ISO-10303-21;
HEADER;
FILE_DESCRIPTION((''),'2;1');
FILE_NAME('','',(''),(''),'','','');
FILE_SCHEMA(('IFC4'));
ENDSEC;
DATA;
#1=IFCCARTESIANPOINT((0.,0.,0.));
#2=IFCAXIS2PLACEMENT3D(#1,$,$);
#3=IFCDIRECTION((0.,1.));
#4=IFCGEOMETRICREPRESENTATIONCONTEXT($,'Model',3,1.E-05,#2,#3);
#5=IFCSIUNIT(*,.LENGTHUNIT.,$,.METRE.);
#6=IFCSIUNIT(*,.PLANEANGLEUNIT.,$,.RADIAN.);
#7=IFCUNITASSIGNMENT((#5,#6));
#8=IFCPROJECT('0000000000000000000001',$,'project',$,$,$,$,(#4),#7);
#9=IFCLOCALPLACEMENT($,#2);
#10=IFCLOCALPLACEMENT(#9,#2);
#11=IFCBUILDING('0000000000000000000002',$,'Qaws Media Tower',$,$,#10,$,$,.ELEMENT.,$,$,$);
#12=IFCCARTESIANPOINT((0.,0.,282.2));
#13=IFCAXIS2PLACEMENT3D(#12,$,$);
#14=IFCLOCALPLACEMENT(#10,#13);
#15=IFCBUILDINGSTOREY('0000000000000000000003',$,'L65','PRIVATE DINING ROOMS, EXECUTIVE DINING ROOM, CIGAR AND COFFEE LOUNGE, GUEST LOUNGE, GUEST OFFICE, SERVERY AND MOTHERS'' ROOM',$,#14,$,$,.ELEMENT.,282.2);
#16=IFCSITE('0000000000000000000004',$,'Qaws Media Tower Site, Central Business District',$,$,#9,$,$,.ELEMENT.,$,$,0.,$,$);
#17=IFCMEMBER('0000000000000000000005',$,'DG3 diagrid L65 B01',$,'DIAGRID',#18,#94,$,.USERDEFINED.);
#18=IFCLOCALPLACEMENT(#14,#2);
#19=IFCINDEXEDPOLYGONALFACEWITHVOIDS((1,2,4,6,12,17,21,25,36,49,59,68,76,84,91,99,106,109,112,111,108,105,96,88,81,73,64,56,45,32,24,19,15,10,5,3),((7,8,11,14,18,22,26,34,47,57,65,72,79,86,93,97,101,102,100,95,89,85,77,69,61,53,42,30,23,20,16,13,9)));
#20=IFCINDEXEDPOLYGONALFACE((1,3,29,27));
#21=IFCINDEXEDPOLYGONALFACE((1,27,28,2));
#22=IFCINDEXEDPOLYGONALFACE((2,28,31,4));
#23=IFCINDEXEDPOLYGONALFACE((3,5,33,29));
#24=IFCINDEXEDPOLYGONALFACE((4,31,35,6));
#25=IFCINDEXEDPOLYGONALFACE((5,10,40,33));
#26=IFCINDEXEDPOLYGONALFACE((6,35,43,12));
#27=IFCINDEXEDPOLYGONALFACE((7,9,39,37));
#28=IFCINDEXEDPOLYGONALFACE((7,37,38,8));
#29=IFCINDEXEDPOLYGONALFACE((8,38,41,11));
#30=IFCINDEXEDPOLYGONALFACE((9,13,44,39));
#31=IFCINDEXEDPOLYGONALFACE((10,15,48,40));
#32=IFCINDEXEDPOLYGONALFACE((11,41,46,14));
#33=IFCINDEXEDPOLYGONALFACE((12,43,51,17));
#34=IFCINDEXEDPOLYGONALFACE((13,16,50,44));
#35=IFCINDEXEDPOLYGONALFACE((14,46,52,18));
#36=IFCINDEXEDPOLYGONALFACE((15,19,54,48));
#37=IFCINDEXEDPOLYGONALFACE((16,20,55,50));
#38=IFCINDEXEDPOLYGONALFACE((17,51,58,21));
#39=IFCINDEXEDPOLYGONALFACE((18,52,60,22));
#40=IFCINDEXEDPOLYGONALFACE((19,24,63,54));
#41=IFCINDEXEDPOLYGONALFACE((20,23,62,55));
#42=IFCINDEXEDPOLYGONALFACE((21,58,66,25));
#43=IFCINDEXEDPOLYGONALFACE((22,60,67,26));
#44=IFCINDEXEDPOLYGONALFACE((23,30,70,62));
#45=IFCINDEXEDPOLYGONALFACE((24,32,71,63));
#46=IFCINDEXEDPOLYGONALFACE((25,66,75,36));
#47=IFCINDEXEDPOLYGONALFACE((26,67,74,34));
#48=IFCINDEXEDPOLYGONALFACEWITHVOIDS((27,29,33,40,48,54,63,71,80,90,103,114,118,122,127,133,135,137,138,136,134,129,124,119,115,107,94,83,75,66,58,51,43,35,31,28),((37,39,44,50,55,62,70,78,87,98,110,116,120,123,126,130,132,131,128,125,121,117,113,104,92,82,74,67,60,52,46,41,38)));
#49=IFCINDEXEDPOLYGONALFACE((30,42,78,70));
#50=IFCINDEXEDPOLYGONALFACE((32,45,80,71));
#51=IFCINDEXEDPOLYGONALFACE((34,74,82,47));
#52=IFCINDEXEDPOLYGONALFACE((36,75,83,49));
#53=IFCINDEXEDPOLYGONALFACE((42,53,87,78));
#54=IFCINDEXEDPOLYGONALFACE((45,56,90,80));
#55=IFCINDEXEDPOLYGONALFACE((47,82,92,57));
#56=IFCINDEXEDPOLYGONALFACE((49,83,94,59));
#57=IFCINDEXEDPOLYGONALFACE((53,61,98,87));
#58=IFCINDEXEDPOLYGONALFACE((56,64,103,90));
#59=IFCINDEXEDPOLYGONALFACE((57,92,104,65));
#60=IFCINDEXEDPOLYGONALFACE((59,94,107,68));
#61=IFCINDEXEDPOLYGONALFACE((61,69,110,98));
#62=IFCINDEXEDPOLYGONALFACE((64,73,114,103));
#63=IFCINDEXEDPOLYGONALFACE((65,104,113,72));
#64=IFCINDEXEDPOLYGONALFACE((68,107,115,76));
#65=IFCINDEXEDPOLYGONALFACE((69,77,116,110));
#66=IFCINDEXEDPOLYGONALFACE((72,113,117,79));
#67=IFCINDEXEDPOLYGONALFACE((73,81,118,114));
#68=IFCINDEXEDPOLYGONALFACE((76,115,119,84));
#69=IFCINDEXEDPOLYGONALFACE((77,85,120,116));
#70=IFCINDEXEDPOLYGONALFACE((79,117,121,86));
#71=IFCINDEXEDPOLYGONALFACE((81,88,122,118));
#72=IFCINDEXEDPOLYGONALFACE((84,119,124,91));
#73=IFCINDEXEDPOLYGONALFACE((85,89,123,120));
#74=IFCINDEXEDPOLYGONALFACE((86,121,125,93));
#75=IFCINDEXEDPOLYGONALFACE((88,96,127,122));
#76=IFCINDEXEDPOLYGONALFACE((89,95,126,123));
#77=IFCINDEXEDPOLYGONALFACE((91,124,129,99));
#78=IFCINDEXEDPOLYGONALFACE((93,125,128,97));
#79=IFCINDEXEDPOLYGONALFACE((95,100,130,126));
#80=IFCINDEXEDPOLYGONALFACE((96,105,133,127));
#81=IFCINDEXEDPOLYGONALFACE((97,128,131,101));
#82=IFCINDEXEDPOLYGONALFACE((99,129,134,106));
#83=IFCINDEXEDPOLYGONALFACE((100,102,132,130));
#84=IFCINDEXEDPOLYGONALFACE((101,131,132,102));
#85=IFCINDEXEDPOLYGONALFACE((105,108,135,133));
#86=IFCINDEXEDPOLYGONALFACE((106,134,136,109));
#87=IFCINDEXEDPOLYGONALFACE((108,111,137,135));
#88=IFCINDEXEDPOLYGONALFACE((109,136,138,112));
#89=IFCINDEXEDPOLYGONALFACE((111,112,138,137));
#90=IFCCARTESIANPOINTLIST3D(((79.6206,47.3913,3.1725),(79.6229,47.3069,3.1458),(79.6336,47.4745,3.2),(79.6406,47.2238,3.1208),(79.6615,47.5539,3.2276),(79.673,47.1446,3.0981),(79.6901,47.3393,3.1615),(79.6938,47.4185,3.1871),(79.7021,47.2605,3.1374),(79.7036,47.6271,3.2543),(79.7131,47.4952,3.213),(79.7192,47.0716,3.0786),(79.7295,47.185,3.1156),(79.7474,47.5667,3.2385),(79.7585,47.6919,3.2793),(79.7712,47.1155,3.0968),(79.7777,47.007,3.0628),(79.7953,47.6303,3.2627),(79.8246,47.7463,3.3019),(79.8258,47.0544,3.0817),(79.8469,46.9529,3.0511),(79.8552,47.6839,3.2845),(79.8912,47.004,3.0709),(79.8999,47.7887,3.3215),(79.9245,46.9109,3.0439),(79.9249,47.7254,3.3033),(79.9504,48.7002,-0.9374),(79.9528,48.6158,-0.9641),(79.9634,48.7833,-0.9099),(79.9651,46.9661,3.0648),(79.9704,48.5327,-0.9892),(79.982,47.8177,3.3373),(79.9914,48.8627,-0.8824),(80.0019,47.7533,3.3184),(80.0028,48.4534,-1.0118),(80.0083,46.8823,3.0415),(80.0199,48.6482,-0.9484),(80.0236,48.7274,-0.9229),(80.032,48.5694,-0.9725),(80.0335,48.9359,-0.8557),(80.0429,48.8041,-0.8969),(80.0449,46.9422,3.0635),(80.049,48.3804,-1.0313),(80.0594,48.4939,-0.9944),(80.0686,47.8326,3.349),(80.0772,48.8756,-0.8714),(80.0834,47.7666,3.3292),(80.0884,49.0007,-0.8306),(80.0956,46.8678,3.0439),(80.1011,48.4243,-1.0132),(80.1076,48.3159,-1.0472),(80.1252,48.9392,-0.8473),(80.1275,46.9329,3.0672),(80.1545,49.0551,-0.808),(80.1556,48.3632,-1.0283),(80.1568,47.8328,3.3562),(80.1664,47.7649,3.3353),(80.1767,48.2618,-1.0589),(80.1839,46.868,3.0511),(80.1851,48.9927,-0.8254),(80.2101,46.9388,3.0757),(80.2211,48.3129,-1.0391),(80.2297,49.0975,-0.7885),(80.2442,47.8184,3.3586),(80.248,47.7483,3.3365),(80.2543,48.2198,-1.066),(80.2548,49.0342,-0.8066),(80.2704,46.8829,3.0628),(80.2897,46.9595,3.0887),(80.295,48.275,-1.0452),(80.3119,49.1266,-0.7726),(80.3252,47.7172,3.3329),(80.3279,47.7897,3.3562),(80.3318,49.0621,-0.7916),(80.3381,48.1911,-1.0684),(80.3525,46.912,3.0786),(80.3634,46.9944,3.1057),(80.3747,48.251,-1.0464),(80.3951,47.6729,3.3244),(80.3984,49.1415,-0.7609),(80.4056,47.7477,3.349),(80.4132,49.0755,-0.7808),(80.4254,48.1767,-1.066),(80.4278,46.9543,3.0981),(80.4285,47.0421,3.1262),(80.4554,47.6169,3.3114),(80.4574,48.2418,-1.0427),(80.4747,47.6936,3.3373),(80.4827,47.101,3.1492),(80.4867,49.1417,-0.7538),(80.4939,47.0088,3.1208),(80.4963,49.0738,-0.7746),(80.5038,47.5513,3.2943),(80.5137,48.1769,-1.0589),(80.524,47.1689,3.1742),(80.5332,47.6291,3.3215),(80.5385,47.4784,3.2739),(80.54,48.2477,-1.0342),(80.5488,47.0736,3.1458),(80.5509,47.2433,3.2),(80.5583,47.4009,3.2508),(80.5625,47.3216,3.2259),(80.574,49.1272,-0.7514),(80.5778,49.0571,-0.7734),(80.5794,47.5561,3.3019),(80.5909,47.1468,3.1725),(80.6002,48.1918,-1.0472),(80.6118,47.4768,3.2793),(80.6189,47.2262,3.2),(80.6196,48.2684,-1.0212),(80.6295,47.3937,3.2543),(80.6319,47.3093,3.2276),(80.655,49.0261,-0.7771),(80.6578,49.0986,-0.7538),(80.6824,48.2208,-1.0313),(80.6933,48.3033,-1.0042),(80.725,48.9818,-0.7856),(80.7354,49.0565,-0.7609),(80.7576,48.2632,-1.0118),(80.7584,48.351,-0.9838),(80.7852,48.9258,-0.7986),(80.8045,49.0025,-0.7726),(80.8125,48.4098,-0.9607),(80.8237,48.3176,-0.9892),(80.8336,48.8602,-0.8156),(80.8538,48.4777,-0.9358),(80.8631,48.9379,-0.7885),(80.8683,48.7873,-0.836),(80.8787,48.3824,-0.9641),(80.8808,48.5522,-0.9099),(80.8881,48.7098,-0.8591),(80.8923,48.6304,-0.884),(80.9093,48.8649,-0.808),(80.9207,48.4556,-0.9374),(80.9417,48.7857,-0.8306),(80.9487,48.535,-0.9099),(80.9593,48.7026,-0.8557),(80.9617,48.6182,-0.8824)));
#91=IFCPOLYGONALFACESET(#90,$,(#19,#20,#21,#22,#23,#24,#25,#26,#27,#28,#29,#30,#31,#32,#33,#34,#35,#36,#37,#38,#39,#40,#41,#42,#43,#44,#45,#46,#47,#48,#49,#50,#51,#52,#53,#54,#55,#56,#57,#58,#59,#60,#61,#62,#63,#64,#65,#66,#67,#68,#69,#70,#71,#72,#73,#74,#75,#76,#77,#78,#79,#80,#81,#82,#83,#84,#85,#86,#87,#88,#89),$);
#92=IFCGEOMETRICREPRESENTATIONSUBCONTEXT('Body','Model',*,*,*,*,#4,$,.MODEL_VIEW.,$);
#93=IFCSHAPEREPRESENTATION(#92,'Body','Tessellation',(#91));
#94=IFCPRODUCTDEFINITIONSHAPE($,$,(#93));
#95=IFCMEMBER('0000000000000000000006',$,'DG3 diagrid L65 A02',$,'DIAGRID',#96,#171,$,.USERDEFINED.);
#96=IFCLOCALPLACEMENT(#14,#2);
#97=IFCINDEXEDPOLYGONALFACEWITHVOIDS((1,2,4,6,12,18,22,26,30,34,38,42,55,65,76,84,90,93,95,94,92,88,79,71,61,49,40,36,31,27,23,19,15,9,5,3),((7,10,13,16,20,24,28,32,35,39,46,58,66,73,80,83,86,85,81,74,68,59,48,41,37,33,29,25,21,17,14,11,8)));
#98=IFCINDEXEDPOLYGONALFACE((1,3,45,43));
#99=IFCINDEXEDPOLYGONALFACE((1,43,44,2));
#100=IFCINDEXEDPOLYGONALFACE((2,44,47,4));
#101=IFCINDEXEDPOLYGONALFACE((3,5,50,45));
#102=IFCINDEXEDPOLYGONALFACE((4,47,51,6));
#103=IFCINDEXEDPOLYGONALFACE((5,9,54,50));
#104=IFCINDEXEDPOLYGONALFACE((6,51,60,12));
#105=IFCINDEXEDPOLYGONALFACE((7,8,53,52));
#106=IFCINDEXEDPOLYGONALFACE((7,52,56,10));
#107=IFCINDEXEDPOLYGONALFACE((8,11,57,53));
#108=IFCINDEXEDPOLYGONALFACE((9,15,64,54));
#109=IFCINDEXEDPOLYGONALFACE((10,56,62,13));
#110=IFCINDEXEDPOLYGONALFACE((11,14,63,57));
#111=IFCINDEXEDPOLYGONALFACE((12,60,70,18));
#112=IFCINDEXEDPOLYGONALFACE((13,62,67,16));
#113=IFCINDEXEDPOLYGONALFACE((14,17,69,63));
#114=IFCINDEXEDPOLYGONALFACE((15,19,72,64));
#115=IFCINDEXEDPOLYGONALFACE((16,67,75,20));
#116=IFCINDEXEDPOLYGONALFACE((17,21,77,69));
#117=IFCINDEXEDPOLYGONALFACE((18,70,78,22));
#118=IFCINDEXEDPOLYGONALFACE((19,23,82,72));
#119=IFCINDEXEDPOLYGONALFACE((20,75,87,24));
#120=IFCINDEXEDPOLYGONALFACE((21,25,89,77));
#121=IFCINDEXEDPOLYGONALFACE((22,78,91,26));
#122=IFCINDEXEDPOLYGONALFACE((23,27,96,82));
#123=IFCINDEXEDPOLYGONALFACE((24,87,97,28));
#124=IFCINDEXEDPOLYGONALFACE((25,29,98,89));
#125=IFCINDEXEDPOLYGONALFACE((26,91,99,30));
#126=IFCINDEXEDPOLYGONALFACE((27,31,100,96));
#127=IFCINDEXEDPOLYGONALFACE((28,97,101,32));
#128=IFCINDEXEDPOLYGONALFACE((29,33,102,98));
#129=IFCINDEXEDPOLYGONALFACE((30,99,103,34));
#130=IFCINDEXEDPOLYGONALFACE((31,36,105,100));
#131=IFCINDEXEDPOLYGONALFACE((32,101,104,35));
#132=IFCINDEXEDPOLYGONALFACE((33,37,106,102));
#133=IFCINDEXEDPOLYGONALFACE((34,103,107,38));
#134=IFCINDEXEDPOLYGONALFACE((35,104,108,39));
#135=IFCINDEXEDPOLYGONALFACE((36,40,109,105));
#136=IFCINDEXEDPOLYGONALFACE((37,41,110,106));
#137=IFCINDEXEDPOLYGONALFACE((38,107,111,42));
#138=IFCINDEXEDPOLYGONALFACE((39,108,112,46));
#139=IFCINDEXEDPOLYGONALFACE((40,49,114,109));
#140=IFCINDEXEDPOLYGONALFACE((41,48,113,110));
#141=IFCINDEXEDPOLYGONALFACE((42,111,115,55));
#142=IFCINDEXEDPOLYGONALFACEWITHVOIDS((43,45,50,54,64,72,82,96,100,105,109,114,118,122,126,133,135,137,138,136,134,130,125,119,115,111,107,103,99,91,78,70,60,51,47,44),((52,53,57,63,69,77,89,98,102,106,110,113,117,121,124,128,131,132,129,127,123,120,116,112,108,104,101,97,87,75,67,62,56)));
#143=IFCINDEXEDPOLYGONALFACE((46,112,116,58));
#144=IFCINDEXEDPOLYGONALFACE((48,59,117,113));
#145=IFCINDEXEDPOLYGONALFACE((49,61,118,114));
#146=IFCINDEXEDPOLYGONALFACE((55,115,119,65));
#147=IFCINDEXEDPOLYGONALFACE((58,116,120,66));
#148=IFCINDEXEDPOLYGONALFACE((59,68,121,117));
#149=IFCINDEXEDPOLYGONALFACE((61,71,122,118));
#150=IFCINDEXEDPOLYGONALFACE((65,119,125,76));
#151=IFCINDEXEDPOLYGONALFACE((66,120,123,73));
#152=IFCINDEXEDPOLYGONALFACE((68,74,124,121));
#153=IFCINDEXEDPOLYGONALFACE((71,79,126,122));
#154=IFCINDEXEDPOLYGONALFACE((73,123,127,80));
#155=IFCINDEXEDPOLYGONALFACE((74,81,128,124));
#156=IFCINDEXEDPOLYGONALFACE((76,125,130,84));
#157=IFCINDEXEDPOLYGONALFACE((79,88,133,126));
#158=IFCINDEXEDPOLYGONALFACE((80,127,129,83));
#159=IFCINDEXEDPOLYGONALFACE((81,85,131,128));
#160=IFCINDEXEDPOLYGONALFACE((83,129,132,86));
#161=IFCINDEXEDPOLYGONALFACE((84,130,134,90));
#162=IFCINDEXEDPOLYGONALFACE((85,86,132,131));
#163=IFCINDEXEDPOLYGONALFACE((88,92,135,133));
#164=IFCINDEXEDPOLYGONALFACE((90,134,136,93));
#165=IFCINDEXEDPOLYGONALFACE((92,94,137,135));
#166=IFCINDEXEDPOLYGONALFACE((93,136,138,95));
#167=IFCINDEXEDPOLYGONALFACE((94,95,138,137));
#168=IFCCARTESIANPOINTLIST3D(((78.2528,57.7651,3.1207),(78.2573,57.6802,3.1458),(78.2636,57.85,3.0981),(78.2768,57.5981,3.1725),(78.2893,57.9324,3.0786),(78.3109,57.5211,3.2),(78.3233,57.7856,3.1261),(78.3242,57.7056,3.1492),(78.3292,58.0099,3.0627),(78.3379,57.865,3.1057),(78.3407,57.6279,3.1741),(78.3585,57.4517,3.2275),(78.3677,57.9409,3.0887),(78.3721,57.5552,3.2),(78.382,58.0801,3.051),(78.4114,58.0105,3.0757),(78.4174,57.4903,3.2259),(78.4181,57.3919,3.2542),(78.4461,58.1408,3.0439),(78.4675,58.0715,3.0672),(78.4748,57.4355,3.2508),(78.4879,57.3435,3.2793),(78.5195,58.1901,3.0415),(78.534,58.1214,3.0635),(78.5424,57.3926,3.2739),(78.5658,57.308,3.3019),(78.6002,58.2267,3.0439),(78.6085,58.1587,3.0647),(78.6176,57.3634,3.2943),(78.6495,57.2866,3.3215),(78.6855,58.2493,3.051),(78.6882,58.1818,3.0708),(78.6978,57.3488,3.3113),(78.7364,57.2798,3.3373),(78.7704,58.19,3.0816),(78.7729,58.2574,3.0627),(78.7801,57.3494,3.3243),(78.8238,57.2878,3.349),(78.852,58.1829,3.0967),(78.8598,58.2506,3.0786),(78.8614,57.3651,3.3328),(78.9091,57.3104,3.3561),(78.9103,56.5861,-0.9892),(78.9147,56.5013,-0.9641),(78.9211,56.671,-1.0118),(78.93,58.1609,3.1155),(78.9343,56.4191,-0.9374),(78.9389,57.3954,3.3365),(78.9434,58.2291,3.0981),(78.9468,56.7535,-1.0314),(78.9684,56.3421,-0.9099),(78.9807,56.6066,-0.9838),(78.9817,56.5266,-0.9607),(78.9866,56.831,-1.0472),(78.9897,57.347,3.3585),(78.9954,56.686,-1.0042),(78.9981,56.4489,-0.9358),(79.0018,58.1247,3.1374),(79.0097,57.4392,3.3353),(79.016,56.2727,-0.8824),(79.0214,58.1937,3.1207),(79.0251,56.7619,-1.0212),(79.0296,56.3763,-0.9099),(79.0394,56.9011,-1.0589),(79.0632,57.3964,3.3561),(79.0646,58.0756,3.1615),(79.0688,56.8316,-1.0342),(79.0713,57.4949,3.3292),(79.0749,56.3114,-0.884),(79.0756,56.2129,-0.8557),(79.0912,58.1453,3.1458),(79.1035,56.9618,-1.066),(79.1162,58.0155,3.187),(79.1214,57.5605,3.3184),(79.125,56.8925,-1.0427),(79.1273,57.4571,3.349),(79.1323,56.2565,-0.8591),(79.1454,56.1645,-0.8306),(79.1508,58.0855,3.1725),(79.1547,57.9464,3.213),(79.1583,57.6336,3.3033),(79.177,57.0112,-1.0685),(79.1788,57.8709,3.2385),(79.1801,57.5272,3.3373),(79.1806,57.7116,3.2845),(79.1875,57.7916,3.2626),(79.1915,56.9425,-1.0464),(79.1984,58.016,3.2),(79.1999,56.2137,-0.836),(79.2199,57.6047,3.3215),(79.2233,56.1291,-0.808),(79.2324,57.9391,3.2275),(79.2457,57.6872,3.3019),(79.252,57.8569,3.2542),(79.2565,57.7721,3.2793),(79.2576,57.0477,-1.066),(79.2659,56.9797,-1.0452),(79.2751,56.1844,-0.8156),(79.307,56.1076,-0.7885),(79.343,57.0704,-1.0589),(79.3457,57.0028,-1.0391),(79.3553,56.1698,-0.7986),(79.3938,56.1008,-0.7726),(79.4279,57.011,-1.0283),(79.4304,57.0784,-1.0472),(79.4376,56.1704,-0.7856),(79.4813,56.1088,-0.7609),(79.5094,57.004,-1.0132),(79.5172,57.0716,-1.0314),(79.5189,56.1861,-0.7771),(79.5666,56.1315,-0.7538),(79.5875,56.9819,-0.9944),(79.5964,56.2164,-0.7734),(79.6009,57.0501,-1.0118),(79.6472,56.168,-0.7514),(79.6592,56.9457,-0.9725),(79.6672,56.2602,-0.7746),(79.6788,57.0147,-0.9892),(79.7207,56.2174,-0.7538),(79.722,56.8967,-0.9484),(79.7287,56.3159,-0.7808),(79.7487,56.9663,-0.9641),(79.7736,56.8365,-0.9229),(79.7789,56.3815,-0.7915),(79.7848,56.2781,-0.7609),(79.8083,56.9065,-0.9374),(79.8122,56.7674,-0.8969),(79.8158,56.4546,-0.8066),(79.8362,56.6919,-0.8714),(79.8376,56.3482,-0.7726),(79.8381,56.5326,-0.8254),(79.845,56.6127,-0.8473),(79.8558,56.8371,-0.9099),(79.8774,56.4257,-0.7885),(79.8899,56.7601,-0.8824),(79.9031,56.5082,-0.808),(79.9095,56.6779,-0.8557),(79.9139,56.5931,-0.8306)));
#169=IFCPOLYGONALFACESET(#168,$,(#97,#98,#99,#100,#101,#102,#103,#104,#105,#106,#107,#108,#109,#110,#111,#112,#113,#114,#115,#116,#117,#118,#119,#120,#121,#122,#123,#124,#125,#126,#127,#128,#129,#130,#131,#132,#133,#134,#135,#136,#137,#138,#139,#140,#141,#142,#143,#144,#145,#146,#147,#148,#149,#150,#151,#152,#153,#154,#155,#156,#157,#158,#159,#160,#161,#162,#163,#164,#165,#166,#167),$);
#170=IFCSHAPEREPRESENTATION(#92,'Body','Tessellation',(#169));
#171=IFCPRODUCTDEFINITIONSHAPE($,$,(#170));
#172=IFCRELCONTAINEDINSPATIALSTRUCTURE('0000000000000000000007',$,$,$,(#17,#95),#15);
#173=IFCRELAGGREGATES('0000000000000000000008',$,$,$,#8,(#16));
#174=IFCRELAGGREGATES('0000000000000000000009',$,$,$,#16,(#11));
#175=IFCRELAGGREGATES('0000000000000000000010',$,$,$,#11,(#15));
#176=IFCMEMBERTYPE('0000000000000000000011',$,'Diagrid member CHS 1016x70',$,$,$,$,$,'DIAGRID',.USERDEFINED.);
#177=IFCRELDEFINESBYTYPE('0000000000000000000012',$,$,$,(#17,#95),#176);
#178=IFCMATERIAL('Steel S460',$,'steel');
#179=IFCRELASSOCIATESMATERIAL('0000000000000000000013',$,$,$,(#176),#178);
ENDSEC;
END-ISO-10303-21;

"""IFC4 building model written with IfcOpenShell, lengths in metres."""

from ifc_helpers import new_model, si_unit, direction, frame, origin, origin_2d, place, context, subcontext, project, spatial, hollow_circle, extrude, material, material_profile, profile_set, type_object, element, save


model = new_model("IFC4")

# Units and contexts
model_context = context("Model", 3, precision=1e-05, world=origin(), true_north=direction((0.0, 1.0)))
body_context = subcontext(model_context, "Body", "Model", "MODEL_VIEW")
ifc_project = project(units=[si_unit("LENGTHUNIT", "METRE"), si_unit("PLANEANGLEUNIT", "RADIAN")], contexts=[model_context])

# Site, building, storey
site_placement = place(None, origin())
site = spatial("IfcSite", under=ifc_project, at=site_placement, Name="Qaws Media Tower Site, Central Business District", CompositionType="ELEMENT", RefElevation=0.0)
building_placement = place(site_placement, origin())
building = spatial("IfcBuilding", under=site, at=building_placement, Name="Qaws Media Tower", CompositionType="ELEMENT")
storey_placement = place(building_placement, frame((0.0, 0.0, 282.2)))
storey = spatial("IfcBuildingStorey", under=building, at=storey_placement, Name="L65", Description="PRIVATE DINING ROOMS, EXECUTIVE DINING ROOM, CIGAR AND COFFEE LOUNGE, GUEST LOUNGE, GUEST OFFICE, SERVERY AND MOTHERS' ROOM", CompositionType="ELEMENT", Elevation=282.2)

# Members
ifc_material_1 = material(Name="Steel S460", Category="steel")
ifc_material_profile_1 = material_profile(ifc_material_1, hollow_circle(Radius=0.5081, WallThickness=0.0701, at=origin_2d()), Name="CHS 1016x70")
ifc_profile_set_1 = profile_set([ifc_material_profile_1], Name="Steel S460")
member_type_1 = type_object("IfcMemberType", Name="Diagrid member CHS 1016x70", ElementType="DIAGRID", PredefinedType="USERDEFINED", material=ifc_profile_set_1)
for number, where, z_axis, x_axis, name in (
    (1, (80.4561, 48.6592, -0.9099), (-0.076248, -0.302563, 0.950075), (0.969683, -0.244365, 0.0), "DG3 diagrid L65 B01"),
    (2, (79.4121, 56.5896, -0.9099), (-0.151986, 0.272536, 0.950066), (-0.873371, -0.487055, 0.0), "DG3 diagrid L65 A02"),
):
    element("IfcMember", number, at=place(storey_placement, frame(where, z_axis=z_axis, x_axis=x_axis)), inside=storey, type_object=member_type_1, Name=name, ObjectType="DIAGRID", PredefinedType="USERDEFINED", context=body_context, shape_type="SweptSolid", body=[
        extrude(hollow_circle(Radius=0.5081, WallThickness=0.0701, at=origin_2d()), origin(), (0.0, 0.0, 1.0), 4.3259),
    ])

save(model, "model.ifc")
